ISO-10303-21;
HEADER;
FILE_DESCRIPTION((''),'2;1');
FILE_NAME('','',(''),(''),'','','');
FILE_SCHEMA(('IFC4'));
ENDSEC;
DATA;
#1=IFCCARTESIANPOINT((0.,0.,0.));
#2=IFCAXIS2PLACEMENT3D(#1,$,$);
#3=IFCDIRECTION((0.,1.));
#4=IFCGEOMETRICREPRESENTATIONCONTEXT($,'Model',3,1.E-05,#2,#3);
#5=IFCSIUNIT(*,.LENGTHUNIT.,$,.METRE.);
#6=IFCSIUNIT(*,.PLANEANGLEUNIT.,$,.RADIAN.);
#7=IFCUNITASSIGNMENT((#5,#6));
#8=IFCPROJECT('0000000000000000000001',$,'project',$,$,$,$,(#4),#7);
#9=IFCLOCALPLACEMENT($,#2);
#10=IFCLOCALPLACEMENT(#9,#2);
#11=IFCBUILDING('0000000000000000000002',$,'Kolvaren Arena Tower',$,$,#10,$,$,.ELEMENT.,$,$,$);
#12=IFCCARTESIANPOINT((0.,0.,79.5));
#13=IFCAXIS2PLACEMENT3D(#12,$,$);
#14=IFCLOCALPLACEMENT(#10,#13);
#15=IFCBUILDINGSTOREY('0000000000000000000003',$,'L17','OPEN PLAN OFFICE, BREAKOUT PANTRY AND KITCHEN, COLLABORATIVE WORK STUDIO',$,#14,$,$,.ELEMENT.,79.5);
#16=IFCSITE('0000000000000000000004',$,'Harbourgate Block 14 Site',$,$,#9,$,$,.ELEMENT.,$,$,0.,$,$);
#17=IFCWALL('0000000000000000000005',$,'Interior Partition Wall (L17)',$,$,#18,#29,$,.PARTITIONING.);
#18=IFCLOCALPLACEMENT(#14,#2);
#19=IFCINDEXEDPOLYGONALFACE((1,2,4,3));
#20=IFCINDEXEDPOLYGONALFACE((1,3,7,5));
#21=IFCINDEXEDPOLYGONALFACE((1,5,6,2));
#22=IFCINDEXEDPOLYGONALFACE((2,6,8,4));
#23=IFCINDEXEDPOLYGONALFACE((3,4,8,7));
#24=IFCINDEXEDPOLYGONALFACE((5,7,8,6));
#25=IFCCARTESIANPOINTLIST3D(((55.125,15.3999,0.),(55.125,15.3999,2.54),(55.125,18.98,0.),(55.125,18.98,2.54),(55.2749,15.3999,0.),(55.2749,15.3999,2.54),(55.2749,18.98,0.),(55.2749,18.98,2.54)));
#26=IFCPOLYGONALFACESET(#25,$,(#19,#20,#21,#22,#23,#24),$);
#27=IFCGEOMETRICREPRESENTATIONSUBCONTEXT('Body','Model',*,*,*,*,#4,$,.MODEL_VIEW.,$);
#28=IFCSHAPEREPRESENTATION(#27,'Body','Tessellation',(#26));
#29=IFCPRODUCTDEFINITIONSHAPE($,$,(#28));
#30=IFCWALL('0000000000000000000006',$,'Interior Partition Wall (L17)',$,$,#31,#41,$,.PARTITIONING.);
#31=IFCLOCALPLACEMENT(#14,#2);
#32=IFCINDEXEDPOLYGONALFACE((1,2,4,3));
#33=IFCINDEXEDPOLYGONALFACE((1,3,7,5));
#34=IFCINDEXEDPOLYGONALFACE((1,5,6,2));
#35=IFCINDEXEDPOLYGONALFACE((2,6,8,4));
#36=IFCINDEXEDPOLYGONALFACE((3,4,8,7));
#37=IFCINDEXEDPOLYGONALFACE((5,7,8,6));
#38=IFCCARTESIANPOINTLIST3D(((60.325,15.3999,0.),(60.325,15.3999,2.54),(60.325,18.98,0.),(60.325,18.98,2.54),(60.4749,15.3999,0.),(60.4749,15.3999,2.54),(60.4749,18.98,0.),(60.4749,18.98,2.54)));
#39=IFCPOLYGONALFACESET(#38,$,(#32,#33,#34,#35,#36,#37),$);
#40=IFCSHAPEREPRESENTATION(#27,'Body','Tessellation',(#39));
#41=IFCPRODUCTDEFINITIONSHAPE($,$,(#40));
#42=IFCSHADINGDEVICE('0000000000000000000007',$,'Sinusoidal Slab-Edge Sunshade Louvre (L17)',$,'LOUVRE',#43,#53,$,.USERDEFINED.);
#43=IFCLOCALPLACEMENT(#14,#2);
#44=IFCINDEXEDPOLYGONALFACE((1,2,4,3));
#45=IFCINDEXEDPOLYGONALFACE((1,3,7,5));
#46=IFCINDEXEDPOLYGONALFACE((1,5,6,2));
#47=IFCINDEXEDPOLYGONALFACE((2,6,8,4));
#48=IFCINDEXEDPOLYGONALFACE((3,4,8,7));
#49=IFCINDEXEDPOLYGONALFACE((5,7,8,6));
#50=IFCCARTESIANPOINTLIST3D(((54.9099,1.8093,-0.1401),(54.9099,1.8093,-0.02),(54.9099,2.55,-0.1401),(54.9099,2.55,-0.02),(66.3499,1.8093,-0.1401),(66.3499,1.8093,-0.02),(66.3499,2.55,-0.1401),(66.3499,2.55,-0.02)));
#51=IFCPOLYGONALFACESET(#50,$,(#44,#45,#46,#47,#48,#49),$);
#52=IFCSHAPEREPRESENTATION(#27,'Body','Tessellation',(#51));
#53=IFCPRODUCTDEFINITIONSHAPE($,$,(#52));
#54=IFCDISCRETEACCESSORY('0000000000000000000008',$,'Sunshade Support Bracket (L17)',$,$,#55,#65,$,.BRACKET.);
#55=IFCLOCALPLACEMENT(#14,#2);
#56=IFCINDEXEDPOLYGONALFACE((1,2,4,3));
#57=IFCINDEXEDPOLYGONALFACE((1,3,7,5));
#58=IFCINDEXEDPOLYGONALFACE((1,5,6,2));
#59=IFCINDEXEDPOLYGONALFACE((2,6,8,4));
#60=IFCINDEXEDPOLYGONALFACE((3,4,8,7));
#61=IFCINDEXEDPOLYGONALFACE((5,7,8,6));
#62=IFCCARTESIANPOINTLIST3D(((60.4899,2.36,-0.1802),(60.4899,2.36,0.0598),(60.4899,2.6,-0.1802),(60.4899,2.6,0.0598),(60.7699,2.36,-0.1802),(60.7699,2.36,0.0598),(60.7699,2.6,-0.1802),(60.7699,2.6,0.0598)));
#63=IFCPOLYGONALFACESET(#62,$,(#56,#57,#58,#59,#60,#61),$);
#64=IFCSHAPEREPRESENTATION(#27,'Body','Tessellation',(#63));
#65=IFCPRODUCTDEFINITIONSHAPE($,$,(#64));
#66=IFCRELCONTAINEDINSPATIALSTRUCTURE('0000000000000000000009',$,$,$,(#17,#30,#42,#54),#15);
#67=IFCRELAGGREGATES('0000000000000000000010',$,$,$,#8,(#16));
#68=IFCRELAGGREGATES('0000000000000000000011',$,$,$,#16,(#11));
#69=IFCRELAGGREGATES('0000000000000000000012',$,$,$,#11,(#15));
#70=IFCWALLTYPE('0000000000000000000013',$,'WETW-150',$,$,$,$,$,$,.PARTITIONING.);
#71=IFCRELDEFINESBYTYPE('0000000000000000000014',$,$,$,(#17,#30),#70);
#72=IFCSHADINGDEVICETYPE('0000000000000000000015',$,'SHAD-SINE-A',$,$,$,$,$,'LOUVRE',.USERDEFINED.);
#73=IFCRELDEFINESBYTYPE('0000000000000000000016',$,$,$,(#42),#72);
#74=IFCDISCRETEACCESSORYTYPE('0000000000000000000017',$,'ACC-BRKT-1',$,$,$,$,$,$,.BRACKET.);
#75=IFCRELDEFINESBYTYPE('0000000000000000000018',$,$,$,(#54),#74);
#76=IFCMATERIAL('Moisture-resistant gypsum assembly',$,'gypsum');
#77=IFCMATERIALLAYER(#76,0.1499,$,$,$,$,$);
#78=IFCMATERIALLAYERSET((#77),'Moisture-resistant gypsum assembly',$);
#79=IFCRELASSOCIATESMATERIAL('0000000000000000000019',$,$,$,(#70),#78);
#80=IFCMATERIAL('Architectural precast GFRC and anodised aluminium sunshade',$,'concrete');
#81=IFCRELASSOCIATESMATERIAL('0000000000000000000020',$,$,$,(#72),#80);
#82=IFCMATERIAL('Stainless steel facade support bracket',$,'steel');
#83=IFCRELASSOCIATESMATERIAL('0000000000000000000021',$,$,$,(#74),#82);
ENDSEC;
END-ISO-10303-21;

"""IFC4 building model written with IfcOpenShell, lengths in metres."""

from ifc_helpers import new_model, si_unit, direction, frame, frame_2d, origin, origin_2d, place, context, subcontext, project, spatial, rectangle, extrude, material, layer, layer_set, type_object, element, save


model = new_model("IFC4")

# Units and contexts
model_context = context("Model", 3, precision=1e-05, world=origin(), true_north=direction((0.0, 1.0)))
body_context = subcontext(model_context, "Body", "Model", "MODEL_VIEW")
ifc_project = project(units=[si_unit("LENGTHUNIT", "METRE"), si_unit("PLANEANGLEUNIT", "RADIAN")], contexts=[model_context])

# Site, building, storey
site_placement = place(None, origin())
site = spatial("IfcSite", under=ifc_project, at=site_placement, Name="Harbourgate Block 14 Site", CompositionType="ELEMENT", RefElevation=0.0)
building_placement = place(site_placement, origin())
building = spatial("IfcBuilding", under=site, at=building_placement, Name="Kolvaren Arena Tower", CompositionType="ELEMENT")
storey_placement = place(building_placement, frame((0.0, 0.0, 79.5)))
storey = spatial("IfcBuildingStorey", under=building, at=storey_placement, Name="L17", Description="OPEN PLAN OFFICE, BREAKOUT PANTRY AND KITCHEN, COLLABORATIVE WORK STUDIO", CompositionType="ELEMENT", Elevation=79.5)

# Walls
ifc_material_1 = material(Name="Moisture-resistant gypsum assembly", Category="gypsum")
ifc_layer_1 = layer(ifc_material_1, 0.1499)
ifc_layer_set_1 = layer_set([ifc_layer_1], Name="Moisture-resistant gypsum assembly")
wall_type_1 = type_object("IfcWallType", Name="WETW-150", PredefinedType="PARTITIONING", material=ifc_layer_set_1)
for number, where, z_axis, x_axis, name in (
    (1, (55.2, 15.3999, 0.0), (0.0, 0.0, 1.0), (0.0, 1.0, 0.0), "Interior Partition Wall (L17)"),
    (2, (60.3999, 15.3999, 0.0), (0.0, 0.0, 1.0), (0.0, 1.0, 0.0), "Interior Partition Wall (L17)"),
):
    element("IfcWall", number, at=place(storey_placement, frame(where, z_axis=z_axis, x_axis=x_axis)), inside=storey, type_object=wall_type_1, Name=name, PredefinedType="PARTITIONING", context=body_context, shape_type="SweptSolid", body=[
        extrude(rectangle(XDim=3.5801, YDim=0.1499, at=frame_2d((1.79, 0.0))), origin(), (0.0, 0.0, 1.0), 2.54),
    ])

# Shading device
ifc_material_2 = material(Name="Architectural precast GFRC and anodised aluminium sunshade", Category="concrete")
shading_device_type = type_object("IfcShadingDeviceType", Name="SHAD-SINE-A", ElementType="LOUVRE", PredefinedType="USERDEFINED", material=ifc_material_2)
shading_device_placement = place(storey_placement, frame((60.6299, 2.1797, -0.1401), z_axis=(0.0, 0.0, 1.0), x_axis=(-1.0, 0.0, 0.0)))
element("IfcShadingDevice", 3, at=shading_device_placement, inside=storey, type_object=shading_device_type, Name="Sinusoidal Slab-Edge Sunshade Louvre (L17)", ObjectType="LOUVRE", PredefinedType="USERDEFINED", context=body_context, shape_type="SweptSolid", body=[
    extrude(rectangle(XDim=11.4399, YDim=0.7407, at=origin_2d()), origin(), (0.0, 0.0, 1.0), 0.1201),
])

# Discrete accessory
ifc_material_3 = material(Name="Stainless steel facade support bracket", Category="steel")
discrete_accessory_type = type_object("IfcDiscreteAccessoryType", Name="ACC-BRKT-1", PredefinedType="BRACKET", material=ifc_material_3)
discrete_accessory_placement = place(storey_placement, frame((60.6299, 2.48, -0.1802), z_axis=(0.0, 0.0, 1.0), x_axis=(-1.0, 0.0, 0.0)))
element("IfcDiscreteAccessory", 4, at=discrete_accessory_placement, inside=storey, type_object=discrete_accessory_type, Name="Sunshade Support Bracket (L17)", PredefinedType="BRACKET", context=body_context, shape_type="SweptSolid", body=[
    extrude(rectangle(XDim=0.28, YDim=0.24, at=origin_2d()), origin(), (0.0, 0.0, 1.0), 0.24),
])

save(model, "model.ifc")
